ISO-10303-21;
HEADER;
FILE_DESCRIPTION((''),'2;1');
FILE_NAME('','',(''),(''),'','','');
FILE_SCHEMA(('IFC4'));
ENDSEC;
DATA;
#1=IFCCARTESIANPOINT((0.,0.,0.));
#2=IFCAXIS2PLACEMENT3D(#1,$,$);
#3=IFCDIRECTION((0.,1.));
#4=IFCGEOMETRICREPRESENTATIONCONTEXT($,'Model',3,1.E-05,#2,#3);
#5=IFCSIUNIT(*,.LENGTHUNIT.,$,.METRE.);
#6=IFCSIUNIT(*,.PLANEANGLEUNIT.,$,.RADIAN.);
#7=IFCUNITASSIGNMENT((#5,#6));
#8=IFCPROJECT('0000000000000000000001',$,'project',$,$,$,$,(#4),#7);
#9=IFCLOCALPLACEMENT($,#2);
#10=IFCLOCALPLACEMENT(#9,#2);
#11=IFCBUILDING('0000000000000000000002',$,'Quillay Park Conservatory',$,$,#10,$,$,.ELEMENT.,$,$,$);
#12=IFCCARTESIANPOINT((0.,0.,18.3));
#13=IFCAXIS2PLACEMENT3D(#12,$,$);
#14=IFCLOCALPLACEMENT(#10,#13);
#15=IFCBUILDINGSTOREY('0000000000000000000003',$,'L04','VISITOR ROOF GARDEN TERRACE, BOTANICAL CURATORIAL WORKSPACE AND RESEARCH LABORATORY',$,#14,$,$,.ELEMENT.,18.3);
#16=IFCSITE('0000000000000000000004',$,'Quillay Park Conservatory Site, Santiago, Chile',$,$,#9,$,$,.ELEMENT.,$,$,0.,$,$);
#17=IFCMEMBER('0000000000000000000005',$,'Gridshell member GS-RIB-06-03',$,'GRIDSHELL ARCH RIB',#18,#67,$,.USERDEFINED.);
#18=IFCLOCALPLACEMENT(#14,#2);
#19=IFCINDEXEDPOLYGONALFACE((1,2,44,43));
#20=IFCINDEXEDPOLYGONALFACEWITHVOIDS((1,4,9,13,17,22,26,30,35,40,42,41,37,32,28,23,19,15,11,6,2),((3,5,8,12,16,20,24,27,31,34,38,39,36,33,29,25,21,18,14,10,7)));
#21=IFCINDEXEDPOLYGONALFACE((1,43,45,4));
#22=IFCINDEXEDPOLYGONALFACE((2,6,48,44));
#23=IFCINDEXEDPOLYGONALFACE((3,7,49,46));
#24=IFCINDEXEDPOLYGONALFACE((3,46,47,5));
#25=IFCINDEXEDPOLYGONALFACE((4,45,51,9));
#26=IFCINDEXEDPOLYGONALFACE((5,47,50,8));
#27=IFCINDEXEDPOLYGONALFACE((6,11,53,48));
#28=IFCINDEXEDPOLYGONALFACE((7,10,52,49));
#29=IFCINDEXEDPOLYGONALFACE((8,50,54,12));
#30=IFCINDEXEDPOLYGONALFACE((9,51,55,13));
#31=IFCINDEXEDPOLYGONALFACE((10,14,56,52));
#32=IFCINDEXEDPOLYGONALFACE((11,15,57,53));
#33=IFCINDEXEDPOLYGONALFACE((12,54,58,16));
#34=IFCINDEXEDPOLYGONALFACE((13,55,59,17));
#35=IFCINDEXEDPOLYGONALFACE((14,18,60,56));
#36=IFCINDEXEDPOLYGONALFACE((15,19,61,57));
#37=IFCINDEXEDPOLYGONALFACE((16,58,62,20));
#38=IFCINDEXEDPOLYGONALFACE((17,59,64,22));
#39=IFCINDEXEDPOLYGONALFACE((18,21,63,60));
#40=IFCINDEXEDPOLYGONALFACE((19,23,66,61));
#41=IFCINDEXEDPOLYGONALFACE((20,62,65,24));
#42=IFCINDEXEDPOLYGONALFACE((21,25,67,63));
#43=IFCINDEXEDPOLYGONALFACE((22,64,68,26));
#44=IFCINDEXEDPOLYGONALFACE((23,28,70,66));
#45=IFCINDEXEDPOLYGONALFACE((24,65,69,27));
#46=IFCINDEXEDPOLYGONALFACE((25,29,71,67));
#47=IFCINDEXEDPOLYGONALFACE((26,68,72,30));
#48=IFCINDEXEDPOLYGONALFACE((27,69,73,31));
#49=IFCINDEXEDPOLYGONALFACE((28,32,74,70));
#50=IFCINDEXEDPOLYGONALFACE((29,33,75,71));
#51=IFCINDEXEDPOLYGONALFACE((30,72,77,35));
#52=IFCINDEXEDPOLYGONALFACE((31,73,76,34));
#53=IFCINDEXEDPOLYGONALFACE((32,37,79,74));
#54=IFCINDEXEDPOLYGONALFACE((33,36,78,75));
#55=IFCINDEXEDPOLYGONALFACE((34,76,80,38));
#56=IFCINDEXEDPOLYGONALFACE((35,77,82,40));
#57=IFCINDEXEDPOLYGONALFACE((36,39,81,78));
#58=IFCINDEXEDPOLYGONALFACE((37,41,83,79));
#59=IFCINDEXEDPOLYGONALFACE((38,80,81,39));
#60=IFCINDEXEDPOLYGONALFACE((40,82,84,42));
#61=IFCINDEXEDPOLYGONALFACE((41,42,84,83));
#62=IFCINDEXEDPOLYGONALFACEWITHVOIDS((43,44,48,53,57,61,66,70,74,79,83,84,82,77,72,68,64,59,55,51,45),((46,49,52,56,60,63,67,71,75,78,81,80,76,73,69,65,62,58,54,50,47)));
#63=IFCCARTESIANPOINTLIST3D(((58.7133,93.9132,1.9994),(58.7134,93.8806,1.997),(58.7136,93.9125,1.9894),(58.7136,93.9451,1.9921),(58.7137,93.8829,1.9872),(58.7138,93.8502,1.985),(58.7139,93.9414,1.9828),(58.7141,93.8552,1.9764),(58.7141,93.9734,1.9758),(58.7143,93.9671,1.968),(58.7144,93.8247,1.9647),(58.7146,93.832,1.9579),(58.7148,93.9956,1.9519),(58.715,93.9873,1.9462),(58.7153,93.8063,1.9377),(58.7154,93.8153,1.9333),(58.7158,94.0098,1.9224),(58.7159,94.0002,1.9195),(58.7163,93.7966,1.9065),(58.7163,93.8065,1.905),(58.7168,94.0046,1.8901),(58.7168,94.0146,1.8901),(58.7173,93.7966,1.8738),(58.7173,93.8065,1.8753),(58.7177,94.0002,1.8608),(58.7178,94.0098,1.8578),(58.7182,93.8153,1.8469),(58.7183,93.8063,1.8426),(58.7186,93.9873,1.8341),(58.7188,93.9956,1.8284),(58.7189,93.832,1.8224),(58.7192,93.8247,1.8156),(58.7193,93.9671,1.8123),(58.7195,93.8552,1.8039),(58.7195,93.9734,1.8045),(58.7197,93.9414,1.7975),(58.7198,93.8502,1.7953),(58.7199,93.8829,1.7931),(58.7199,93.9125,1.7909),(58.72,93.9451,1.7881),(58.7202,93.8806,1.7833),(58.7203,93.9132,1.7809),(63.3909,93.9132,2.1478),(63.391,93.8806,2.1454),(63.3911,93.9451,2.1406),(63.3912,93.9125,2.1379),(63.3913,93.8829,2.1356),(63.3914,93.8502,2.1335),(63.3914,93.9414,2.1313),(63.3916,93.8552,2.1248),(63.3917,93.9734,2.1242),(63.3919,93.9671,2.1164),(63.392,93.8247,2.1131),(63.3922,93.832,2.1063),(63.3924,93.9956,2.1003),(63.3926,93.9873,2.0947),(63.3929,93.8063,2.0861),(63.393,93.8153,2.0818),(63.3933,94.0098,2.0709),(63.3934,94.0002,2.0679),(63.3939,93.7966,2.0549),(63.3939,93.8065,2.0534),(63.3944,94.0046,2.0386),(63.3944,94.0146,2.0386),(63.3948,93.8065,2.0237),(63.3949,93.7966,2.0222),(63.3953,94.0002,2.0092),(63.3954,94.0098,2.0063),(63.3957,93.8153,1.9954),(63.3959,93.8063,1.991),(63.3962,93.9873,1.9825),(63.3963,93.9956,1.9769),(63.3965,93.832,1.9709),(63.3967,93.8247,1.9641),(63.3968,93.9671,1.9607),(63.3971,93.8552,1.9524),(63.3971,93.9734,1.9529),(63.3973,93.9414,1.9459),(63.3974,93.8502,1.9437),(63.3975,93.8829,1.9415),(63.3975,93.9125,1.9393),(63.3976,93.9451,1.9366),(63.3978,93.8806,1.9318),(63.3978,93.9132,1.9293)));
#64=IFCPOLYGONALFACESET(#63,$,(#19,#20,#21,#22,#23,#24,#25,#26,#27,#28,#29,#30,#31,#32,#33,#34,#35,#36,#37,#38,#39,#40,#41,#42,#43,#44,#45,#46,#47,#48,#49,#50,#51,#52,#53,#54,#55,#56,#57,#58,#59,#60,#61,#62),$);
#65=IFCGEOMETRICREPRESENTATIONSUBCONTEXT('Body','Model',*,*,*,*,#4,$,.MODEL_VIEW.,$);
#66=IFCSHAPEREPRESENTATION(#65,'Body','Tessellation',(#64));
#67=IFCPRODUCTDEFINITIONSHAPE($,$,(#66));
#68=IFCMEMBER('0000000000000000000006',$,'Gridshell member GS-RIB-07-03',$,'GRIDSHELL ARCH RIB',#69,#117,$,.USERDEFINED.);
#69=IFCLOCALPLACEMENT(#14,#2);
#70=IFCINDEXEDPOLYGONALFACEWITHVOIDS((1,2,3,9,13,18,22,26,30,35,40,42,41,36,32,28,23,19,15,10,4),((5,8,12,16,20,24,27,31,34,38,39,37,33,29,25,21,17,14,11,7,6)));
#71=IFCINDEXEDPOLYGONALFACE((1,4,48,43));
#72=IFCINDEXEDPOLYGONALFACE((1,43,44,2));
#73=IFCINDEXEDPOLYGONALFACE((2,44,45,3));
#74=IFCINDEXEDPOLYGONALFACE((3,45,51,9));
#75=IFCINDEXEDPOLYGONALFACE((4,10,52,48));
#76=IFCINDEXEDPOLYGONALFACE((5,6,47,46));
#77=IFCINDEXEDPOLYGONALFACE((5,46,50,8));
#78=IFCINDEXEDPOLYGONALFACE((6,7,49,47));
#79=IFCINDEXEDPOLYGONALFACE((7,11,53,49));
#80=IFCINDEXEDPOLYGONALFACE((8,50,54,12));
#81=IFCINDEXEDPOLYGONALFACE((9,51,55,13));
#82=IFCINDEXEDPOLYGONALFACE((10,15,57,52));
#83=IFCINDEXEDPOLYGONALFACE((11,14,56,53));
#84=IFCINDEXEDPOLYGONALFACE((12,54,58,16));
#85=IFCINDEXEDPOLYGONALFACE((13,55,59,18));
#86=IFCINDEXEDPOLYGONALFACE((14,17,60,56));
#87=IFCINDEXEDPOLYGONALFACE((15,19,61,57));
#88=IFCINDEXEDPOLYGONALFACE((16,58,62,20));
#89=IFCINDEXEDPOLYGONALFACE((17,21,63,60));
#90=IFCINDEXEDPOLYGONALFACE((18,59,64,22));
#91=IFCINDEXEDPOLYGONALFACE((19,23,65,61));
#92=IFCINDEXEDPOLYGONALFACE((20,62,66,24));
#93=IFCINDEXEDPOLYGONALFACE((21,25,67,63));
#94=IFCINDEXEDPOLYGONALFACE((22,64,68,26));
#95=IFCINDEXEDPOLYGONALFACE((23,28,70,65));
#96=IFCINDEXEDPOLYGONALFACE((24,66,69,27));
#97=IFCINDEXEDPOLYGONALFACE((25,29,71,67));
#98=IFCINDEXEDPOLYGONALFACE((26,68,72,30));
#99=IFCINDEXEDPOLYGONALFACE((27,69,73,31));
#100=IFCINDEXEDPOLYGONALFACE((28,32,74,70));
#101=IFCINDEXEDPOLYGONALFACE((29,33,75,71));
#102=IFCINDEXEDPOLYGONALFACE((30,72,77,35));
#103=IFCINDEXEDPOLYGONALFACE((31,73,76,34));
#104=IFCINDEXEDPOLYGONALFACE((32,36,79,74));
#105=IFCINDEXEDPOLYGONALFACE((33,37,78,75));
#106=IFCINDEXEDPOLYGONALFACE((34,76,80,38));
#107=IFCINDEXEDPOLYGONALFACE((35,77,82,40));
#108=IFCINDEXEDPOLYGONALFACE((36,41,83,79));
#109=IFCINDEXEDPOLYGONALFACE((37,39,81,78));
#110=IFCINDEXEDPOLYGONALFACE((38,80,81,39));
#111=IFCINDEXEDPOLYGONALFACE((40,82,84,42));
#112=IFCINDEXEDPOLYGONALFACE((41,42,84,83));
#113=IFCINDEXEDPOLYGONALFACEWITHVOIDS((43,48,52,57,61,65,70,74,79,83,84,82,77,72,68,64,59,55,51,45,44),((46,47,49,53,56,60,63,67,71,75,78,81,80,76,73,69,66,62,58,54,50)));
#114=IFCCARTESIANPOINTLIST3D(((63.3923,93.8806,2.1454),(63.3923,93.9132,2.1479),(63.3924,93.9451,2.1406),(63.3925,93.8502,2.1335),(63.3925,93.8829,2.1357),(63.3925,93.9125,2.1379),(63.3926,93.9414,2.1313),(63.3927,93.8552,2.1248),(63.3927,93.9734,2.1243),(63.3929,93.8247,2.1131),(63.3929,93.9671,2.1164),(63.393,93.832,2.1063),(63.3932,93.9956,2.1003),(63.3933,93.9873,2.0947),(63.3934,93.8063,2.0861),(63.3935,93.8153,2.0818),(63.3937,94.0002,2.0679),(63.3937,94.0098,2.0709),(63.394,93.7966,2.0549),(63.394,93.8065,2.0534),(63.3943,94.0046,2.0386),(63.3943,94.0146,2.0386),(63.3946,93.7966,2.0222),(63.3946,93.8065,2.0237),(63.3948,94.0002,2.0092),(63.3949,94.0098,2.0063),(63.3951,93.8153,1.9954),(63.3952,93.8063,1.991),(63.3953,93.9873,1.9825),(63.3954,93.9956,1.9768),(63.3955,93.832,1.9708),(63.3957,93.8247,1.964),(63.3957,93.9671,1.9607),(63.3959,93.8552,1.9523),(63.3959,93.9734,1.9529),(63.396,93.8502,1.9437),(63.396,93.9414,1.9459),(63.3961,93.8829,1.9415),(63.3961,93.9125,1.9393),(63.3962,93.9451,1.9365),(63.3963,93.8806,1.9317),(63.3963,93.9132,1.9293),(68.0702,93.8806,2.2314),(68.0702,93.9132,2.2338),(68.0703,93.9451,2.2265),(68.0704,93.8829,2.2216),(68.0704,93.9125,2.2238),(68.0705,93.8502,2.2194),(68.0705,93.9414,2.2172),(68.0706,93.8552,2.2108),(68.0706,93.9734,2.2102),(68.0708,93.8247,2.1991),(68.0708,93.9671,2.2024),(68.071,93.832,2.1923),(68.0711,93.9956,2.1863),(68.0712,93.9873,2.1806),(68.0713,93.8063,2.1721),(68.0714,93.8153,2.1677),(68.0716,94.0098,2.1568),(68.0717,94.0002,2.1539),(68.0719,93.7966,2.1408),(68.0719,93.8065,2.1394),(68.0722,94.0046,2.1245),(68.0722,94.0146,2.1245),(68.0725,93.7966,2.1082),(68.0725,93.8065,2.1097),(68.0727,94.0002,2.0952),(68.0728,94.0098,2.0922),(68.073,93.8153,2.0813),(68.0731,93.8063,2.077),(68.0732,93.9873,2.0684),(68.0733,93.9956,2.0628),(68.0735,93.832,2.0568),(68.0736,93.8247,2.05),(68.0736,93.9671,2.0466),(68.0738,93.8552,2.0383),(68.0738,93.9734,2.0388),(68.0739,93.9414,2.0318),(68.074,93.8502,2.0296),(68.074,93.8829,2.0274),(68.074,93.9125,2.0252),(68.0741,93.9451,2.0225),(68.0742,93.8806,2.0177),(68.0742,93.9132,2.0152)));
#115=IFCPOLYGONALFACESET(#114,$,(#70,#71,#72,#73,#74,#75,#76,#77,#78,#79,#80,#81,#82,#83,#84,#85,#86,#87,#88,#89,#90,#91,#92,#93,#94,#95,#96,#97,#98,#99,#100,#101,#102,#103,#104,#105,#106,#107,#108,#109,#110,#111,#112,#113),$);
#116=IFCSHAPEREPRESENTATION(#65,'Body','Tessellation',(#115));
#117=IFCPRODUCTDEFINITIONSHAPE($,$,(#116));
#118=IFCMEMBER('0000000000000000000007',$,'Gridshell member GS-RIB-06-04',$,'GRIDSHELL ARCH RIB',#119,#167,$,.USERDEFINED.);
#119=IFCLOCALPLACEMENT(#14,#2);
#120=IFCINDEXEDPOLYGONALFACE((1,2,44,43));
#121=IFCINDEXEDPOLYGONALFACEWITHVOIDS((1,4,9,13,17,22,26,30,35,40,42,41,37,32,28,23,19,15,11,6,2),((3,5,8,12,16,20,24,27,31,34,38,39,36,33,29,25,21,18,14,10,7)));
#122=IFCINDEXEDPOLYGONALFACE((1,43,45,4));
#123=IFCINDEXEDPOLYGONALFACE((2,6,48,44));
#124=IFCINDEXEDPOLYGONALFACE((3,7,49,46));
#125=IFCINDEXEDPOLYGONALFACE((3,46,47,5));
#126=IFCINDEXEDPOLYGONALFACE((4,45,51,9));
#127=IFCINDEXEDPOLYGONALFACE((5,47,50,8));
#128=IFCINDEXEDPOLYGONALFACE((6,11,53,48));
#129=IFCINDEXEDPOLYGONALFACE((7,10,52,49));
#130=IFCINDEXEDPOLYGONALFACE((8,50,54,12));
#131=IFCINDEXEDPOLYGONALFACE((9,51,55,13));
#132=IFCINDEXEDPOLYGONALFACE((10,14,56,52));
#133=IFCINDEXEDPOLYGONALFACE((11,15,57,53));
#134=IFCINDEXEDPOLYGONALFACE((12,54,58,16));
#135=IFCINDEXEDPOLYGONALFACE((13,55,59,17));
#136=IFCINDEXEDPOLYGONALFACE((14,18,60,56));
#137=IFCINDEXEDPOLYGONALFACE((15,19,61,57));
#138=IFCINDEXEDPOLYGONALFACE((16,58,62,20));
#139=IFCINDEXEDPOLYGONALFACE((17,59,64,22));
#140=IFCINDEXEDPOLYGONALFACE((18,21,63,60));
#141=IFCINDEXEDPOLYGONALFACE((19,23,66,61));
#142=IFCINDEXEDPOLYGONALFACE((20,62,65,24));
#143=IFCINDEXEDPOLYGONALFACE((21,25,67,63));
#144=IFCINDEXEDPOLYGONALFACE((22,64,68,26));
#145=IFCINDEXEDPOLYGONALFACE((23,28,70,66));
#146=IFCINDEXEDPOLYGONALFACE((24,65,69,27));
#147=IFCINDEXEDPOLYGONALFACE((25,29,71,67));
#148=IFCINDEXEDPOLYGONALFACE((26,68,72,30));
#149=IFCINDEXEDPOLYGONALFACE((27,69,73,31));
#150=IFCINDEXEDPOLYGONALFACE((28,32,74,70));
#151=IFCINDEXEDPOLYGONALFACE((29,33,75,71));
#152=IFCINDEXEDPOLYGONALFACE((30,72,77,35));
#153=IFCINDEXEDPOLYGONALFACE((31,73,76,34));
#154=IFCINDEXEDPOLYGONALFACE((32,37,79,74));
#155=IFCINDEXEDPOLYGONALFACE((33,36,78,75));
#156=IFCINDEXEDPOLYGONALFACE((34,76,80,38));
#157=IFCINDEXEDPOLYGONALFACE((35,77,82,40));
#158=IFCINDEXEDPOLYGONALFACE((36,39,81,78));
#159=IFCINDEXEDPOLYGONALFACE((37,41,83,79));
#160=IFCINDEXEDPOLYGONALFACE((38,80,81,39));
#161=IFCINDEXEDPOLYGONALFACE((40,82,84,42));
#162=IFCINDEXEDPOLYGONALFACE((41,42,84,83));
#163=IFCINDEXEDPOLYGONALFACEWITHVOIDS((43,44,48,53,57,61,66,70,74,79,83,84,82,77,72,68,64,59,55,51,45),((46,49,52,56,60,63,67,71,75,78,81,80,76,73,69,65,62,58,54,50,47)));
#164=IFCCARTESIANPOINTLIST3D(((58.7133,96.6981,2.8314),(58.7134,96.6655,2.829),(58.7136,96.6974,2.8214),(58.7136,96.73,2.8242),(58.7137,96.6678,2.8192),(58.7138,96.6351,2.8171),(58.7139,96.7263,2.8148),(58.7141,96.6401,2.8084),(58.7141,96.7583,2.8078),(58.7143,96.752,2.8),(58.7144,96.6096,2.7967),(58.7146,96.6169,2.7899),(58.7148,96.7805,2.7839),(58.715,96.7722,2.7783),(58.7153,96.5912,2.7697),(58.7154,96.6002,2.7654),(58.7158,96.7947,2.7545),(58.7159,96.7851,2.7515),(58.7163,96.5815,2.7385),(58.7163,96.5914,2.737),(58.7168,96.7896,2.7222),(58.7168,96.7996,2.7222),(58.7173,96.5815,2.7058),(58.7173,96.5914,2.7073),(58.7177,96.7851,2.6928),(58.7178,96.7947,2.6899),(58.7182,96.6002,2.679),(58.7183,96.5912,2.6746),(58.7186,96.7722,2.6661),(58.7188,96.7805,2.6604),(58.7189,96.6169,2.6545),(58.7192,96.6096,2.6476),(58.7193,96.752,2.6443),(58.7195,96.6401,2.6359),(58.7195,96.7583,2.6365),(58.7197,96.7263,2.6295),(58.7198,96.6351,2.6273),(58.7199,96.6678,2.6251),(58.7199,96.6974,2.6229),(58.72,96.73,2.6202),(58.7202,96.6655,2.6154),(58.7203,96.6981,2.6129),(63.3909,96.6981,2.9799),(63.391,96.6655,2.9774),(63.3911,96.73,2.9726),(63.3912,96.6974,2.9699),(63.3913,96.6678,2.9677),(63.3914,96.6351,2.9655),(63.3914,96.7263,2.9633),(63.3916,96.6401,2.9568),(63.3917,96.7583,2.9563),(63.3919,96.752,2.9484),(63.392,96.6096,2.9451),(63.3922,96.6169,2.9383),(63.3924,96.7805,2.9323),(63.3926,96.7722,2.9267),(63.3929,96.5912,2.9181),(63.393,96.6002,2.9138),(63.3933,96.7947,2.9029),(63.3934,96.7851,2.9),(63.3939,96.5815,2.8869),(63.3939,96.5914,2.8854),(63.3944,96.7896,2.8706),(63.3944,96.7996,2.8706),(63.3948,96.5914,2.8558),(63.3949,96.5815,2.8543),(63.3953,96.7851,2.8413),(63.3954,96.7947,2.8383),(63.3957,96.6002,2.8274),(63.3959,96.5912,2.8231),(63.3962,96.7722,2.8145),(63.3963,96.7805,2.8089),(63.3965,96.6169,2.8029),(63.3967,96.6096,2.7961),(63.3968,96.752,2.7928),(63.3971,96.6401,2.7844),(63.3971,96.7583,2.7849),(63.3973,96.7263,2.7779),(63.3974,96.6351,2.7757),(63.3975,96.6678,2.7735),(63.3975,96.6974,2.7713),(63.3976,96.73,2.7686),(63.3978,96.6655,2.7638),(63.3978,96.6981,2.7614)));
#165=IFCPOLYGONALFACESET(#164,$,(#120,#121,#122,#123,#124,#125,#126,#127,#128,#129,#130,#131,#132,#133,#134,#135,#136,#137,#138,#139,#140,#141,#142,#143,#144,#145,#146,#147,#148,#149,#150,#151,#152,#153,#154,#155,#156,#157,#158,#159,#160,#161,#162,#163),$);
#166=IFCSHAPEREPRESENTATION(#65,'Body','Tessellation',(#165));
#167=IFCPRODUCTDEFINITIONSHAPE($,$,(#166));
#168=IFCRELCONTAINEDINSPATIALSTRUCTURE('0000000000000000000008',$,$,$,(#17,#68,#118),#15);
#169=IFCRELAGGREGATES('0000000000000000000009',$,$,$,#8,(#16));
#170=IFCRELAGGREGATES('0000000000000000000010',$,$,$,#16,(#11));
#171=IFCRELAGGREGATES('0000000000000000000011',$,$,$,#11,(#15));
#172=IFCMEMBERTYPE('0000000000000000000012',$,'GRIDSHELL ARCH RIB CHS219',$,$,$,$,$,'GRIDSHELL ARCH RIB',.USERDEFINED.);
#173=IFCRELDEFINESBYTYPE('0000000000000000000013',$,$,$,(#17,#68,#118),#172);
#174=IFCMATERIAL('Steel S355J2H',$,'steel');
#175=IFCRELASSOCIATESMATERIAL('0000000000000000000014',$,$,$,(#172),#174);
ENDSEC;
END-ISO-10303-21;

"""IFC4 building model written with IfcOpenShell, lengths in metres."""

from ifc_helpers import new_model, si_unit, direction, frame, origin, origin_2d, place, context, subcontext, project, spatial, hollow_circle, extrude, material, material_profile, profile_set, type_object, element, save


model = new_model("IFC4")

# Units and contexts
model_context = context("Model", 3, precision=1e-05, world=origin(), true_north=direction((0.0, 1.0)))
body_context = subcontext(model_context, "Body", "Model", "MODEL_VIEW")
ifc_project = project(units=[si_unit("LENGTHUNIT", "METRE"), si_unit("PLANEANGLEUNIT", "RADIAN")], contexts=[model_context])

# Site, building, storey
site_placement = place(None, origin())
site = spatial("IfcSite", under=ifc_project, at=site_placement, Name="Quillay Park Conservatory Site, Santiago, Chile", CompositionType="ELEMENT", RefElevation=0.0)
building_placement = place(site_placement, origin())
building = spatial("IfcBuilding", under=site, at=building_placement, Name="Quillay Park Conservatory", CompositionType="ELEMENT")
storey_placement = place(building_placement, frame((0.0, 0.0, 18.3)))
storey = spatial("IfcBuildingStorey", under=building, at=storey_placement, Name="L04", Description="VISITOR ROOF GARDEN TERRACE, BOTANICAL CURATORIAL WORKSPACE AND RESEARCH LABORATORY", CompositionType="ELEMENT", Elevation=18.3)

# Members
ifc_material_1 = material(Name="Steel S355J2H", Category="steel")
ifc_material_profile_1 = material_profile(ifc_material_1, hollow_circle(Radius=0.1096, WallThickness=0.01, at=origin_2d()), Name="CHS219.1x10")
ifc_profile_set_1 = profile_set([ifc_material_profile_1], Name="Steel S355J2H")
member_type = type_object("IfcMemberType", Name="GRIDSHELL ARCH RIB CHS219", ElementType="GRIDSHELL ARCH RIB", PredefinedType="USERDEFINED", material=ifc_profile_set_1)
member_1_placement = place(storey_placement, frame((58.7168, 93.905, 1.8901), z_axis=(0.999497, 0.0, 0.031718), x_axis=(0.0, 1.0, 0.0)))
element("IfcMember", 1, at=member_1_placement, inside=storey, type_object=member_type, Name="Gridshell member GS-RIB-06-03", ObjectType="GRIDSHELL ARCH RIB", PredefinedType="USERDEFINED", context=body_context, shape_type="SweptSolid", body=[
    extrude(hollow_circle(Radius=0.1096, WallThickness=0.01, at=origin_2d()), origin(), (0.0, 0.0, 1.0), 4.6799),
])
member_2_placement = place(storey_placement, frame((63.3943, 93.905, 2.0386), z_axis=(0.999831, 0.0, 0.018368), x_axis=(0.0, 1.0, 0.0)))
element("IfcMember", 2, at=member_2_placement, inside=storey, type_object=member_type, Name="Gridshell member GS-RIB-07-03", ObjectType="GRIDSHELL ARCH RIB", PredefinedType="USERDEFINED", context=body_context, shape_type="SweptSolid", body=[
    extrude(hollow_circle(Radius=0.1096, WallThickness=0.01, at=origin_2d()), origin(), (0.0, 0.0, 1.0), 4.6787),
])
member_3_placement = place(storey_placement, frame((58.7168, 96.6899, 2.7222), z_axis=(0.999497, 0.0, 0.031718), x_axis=(0.0, 1.0, 0.0)))
element("IfcMember", 3, at=member_3_placement, inside=storey, type_object=member_type, Name="Gridshell member GS-RIB-06-04", ObjectType="GRIDSHELL ARCH RIB", PredefinedType="USERDEFINED", context=body_context, shape_type="SweptSolid", body=[
    extrude(hollow_circle(Radius=0.1096, WallThickness=0.01, at=origin_2d()), origin(), (0.0, 0.0, 1.0), 4.6799),
])

save(model, "model.ifc")
